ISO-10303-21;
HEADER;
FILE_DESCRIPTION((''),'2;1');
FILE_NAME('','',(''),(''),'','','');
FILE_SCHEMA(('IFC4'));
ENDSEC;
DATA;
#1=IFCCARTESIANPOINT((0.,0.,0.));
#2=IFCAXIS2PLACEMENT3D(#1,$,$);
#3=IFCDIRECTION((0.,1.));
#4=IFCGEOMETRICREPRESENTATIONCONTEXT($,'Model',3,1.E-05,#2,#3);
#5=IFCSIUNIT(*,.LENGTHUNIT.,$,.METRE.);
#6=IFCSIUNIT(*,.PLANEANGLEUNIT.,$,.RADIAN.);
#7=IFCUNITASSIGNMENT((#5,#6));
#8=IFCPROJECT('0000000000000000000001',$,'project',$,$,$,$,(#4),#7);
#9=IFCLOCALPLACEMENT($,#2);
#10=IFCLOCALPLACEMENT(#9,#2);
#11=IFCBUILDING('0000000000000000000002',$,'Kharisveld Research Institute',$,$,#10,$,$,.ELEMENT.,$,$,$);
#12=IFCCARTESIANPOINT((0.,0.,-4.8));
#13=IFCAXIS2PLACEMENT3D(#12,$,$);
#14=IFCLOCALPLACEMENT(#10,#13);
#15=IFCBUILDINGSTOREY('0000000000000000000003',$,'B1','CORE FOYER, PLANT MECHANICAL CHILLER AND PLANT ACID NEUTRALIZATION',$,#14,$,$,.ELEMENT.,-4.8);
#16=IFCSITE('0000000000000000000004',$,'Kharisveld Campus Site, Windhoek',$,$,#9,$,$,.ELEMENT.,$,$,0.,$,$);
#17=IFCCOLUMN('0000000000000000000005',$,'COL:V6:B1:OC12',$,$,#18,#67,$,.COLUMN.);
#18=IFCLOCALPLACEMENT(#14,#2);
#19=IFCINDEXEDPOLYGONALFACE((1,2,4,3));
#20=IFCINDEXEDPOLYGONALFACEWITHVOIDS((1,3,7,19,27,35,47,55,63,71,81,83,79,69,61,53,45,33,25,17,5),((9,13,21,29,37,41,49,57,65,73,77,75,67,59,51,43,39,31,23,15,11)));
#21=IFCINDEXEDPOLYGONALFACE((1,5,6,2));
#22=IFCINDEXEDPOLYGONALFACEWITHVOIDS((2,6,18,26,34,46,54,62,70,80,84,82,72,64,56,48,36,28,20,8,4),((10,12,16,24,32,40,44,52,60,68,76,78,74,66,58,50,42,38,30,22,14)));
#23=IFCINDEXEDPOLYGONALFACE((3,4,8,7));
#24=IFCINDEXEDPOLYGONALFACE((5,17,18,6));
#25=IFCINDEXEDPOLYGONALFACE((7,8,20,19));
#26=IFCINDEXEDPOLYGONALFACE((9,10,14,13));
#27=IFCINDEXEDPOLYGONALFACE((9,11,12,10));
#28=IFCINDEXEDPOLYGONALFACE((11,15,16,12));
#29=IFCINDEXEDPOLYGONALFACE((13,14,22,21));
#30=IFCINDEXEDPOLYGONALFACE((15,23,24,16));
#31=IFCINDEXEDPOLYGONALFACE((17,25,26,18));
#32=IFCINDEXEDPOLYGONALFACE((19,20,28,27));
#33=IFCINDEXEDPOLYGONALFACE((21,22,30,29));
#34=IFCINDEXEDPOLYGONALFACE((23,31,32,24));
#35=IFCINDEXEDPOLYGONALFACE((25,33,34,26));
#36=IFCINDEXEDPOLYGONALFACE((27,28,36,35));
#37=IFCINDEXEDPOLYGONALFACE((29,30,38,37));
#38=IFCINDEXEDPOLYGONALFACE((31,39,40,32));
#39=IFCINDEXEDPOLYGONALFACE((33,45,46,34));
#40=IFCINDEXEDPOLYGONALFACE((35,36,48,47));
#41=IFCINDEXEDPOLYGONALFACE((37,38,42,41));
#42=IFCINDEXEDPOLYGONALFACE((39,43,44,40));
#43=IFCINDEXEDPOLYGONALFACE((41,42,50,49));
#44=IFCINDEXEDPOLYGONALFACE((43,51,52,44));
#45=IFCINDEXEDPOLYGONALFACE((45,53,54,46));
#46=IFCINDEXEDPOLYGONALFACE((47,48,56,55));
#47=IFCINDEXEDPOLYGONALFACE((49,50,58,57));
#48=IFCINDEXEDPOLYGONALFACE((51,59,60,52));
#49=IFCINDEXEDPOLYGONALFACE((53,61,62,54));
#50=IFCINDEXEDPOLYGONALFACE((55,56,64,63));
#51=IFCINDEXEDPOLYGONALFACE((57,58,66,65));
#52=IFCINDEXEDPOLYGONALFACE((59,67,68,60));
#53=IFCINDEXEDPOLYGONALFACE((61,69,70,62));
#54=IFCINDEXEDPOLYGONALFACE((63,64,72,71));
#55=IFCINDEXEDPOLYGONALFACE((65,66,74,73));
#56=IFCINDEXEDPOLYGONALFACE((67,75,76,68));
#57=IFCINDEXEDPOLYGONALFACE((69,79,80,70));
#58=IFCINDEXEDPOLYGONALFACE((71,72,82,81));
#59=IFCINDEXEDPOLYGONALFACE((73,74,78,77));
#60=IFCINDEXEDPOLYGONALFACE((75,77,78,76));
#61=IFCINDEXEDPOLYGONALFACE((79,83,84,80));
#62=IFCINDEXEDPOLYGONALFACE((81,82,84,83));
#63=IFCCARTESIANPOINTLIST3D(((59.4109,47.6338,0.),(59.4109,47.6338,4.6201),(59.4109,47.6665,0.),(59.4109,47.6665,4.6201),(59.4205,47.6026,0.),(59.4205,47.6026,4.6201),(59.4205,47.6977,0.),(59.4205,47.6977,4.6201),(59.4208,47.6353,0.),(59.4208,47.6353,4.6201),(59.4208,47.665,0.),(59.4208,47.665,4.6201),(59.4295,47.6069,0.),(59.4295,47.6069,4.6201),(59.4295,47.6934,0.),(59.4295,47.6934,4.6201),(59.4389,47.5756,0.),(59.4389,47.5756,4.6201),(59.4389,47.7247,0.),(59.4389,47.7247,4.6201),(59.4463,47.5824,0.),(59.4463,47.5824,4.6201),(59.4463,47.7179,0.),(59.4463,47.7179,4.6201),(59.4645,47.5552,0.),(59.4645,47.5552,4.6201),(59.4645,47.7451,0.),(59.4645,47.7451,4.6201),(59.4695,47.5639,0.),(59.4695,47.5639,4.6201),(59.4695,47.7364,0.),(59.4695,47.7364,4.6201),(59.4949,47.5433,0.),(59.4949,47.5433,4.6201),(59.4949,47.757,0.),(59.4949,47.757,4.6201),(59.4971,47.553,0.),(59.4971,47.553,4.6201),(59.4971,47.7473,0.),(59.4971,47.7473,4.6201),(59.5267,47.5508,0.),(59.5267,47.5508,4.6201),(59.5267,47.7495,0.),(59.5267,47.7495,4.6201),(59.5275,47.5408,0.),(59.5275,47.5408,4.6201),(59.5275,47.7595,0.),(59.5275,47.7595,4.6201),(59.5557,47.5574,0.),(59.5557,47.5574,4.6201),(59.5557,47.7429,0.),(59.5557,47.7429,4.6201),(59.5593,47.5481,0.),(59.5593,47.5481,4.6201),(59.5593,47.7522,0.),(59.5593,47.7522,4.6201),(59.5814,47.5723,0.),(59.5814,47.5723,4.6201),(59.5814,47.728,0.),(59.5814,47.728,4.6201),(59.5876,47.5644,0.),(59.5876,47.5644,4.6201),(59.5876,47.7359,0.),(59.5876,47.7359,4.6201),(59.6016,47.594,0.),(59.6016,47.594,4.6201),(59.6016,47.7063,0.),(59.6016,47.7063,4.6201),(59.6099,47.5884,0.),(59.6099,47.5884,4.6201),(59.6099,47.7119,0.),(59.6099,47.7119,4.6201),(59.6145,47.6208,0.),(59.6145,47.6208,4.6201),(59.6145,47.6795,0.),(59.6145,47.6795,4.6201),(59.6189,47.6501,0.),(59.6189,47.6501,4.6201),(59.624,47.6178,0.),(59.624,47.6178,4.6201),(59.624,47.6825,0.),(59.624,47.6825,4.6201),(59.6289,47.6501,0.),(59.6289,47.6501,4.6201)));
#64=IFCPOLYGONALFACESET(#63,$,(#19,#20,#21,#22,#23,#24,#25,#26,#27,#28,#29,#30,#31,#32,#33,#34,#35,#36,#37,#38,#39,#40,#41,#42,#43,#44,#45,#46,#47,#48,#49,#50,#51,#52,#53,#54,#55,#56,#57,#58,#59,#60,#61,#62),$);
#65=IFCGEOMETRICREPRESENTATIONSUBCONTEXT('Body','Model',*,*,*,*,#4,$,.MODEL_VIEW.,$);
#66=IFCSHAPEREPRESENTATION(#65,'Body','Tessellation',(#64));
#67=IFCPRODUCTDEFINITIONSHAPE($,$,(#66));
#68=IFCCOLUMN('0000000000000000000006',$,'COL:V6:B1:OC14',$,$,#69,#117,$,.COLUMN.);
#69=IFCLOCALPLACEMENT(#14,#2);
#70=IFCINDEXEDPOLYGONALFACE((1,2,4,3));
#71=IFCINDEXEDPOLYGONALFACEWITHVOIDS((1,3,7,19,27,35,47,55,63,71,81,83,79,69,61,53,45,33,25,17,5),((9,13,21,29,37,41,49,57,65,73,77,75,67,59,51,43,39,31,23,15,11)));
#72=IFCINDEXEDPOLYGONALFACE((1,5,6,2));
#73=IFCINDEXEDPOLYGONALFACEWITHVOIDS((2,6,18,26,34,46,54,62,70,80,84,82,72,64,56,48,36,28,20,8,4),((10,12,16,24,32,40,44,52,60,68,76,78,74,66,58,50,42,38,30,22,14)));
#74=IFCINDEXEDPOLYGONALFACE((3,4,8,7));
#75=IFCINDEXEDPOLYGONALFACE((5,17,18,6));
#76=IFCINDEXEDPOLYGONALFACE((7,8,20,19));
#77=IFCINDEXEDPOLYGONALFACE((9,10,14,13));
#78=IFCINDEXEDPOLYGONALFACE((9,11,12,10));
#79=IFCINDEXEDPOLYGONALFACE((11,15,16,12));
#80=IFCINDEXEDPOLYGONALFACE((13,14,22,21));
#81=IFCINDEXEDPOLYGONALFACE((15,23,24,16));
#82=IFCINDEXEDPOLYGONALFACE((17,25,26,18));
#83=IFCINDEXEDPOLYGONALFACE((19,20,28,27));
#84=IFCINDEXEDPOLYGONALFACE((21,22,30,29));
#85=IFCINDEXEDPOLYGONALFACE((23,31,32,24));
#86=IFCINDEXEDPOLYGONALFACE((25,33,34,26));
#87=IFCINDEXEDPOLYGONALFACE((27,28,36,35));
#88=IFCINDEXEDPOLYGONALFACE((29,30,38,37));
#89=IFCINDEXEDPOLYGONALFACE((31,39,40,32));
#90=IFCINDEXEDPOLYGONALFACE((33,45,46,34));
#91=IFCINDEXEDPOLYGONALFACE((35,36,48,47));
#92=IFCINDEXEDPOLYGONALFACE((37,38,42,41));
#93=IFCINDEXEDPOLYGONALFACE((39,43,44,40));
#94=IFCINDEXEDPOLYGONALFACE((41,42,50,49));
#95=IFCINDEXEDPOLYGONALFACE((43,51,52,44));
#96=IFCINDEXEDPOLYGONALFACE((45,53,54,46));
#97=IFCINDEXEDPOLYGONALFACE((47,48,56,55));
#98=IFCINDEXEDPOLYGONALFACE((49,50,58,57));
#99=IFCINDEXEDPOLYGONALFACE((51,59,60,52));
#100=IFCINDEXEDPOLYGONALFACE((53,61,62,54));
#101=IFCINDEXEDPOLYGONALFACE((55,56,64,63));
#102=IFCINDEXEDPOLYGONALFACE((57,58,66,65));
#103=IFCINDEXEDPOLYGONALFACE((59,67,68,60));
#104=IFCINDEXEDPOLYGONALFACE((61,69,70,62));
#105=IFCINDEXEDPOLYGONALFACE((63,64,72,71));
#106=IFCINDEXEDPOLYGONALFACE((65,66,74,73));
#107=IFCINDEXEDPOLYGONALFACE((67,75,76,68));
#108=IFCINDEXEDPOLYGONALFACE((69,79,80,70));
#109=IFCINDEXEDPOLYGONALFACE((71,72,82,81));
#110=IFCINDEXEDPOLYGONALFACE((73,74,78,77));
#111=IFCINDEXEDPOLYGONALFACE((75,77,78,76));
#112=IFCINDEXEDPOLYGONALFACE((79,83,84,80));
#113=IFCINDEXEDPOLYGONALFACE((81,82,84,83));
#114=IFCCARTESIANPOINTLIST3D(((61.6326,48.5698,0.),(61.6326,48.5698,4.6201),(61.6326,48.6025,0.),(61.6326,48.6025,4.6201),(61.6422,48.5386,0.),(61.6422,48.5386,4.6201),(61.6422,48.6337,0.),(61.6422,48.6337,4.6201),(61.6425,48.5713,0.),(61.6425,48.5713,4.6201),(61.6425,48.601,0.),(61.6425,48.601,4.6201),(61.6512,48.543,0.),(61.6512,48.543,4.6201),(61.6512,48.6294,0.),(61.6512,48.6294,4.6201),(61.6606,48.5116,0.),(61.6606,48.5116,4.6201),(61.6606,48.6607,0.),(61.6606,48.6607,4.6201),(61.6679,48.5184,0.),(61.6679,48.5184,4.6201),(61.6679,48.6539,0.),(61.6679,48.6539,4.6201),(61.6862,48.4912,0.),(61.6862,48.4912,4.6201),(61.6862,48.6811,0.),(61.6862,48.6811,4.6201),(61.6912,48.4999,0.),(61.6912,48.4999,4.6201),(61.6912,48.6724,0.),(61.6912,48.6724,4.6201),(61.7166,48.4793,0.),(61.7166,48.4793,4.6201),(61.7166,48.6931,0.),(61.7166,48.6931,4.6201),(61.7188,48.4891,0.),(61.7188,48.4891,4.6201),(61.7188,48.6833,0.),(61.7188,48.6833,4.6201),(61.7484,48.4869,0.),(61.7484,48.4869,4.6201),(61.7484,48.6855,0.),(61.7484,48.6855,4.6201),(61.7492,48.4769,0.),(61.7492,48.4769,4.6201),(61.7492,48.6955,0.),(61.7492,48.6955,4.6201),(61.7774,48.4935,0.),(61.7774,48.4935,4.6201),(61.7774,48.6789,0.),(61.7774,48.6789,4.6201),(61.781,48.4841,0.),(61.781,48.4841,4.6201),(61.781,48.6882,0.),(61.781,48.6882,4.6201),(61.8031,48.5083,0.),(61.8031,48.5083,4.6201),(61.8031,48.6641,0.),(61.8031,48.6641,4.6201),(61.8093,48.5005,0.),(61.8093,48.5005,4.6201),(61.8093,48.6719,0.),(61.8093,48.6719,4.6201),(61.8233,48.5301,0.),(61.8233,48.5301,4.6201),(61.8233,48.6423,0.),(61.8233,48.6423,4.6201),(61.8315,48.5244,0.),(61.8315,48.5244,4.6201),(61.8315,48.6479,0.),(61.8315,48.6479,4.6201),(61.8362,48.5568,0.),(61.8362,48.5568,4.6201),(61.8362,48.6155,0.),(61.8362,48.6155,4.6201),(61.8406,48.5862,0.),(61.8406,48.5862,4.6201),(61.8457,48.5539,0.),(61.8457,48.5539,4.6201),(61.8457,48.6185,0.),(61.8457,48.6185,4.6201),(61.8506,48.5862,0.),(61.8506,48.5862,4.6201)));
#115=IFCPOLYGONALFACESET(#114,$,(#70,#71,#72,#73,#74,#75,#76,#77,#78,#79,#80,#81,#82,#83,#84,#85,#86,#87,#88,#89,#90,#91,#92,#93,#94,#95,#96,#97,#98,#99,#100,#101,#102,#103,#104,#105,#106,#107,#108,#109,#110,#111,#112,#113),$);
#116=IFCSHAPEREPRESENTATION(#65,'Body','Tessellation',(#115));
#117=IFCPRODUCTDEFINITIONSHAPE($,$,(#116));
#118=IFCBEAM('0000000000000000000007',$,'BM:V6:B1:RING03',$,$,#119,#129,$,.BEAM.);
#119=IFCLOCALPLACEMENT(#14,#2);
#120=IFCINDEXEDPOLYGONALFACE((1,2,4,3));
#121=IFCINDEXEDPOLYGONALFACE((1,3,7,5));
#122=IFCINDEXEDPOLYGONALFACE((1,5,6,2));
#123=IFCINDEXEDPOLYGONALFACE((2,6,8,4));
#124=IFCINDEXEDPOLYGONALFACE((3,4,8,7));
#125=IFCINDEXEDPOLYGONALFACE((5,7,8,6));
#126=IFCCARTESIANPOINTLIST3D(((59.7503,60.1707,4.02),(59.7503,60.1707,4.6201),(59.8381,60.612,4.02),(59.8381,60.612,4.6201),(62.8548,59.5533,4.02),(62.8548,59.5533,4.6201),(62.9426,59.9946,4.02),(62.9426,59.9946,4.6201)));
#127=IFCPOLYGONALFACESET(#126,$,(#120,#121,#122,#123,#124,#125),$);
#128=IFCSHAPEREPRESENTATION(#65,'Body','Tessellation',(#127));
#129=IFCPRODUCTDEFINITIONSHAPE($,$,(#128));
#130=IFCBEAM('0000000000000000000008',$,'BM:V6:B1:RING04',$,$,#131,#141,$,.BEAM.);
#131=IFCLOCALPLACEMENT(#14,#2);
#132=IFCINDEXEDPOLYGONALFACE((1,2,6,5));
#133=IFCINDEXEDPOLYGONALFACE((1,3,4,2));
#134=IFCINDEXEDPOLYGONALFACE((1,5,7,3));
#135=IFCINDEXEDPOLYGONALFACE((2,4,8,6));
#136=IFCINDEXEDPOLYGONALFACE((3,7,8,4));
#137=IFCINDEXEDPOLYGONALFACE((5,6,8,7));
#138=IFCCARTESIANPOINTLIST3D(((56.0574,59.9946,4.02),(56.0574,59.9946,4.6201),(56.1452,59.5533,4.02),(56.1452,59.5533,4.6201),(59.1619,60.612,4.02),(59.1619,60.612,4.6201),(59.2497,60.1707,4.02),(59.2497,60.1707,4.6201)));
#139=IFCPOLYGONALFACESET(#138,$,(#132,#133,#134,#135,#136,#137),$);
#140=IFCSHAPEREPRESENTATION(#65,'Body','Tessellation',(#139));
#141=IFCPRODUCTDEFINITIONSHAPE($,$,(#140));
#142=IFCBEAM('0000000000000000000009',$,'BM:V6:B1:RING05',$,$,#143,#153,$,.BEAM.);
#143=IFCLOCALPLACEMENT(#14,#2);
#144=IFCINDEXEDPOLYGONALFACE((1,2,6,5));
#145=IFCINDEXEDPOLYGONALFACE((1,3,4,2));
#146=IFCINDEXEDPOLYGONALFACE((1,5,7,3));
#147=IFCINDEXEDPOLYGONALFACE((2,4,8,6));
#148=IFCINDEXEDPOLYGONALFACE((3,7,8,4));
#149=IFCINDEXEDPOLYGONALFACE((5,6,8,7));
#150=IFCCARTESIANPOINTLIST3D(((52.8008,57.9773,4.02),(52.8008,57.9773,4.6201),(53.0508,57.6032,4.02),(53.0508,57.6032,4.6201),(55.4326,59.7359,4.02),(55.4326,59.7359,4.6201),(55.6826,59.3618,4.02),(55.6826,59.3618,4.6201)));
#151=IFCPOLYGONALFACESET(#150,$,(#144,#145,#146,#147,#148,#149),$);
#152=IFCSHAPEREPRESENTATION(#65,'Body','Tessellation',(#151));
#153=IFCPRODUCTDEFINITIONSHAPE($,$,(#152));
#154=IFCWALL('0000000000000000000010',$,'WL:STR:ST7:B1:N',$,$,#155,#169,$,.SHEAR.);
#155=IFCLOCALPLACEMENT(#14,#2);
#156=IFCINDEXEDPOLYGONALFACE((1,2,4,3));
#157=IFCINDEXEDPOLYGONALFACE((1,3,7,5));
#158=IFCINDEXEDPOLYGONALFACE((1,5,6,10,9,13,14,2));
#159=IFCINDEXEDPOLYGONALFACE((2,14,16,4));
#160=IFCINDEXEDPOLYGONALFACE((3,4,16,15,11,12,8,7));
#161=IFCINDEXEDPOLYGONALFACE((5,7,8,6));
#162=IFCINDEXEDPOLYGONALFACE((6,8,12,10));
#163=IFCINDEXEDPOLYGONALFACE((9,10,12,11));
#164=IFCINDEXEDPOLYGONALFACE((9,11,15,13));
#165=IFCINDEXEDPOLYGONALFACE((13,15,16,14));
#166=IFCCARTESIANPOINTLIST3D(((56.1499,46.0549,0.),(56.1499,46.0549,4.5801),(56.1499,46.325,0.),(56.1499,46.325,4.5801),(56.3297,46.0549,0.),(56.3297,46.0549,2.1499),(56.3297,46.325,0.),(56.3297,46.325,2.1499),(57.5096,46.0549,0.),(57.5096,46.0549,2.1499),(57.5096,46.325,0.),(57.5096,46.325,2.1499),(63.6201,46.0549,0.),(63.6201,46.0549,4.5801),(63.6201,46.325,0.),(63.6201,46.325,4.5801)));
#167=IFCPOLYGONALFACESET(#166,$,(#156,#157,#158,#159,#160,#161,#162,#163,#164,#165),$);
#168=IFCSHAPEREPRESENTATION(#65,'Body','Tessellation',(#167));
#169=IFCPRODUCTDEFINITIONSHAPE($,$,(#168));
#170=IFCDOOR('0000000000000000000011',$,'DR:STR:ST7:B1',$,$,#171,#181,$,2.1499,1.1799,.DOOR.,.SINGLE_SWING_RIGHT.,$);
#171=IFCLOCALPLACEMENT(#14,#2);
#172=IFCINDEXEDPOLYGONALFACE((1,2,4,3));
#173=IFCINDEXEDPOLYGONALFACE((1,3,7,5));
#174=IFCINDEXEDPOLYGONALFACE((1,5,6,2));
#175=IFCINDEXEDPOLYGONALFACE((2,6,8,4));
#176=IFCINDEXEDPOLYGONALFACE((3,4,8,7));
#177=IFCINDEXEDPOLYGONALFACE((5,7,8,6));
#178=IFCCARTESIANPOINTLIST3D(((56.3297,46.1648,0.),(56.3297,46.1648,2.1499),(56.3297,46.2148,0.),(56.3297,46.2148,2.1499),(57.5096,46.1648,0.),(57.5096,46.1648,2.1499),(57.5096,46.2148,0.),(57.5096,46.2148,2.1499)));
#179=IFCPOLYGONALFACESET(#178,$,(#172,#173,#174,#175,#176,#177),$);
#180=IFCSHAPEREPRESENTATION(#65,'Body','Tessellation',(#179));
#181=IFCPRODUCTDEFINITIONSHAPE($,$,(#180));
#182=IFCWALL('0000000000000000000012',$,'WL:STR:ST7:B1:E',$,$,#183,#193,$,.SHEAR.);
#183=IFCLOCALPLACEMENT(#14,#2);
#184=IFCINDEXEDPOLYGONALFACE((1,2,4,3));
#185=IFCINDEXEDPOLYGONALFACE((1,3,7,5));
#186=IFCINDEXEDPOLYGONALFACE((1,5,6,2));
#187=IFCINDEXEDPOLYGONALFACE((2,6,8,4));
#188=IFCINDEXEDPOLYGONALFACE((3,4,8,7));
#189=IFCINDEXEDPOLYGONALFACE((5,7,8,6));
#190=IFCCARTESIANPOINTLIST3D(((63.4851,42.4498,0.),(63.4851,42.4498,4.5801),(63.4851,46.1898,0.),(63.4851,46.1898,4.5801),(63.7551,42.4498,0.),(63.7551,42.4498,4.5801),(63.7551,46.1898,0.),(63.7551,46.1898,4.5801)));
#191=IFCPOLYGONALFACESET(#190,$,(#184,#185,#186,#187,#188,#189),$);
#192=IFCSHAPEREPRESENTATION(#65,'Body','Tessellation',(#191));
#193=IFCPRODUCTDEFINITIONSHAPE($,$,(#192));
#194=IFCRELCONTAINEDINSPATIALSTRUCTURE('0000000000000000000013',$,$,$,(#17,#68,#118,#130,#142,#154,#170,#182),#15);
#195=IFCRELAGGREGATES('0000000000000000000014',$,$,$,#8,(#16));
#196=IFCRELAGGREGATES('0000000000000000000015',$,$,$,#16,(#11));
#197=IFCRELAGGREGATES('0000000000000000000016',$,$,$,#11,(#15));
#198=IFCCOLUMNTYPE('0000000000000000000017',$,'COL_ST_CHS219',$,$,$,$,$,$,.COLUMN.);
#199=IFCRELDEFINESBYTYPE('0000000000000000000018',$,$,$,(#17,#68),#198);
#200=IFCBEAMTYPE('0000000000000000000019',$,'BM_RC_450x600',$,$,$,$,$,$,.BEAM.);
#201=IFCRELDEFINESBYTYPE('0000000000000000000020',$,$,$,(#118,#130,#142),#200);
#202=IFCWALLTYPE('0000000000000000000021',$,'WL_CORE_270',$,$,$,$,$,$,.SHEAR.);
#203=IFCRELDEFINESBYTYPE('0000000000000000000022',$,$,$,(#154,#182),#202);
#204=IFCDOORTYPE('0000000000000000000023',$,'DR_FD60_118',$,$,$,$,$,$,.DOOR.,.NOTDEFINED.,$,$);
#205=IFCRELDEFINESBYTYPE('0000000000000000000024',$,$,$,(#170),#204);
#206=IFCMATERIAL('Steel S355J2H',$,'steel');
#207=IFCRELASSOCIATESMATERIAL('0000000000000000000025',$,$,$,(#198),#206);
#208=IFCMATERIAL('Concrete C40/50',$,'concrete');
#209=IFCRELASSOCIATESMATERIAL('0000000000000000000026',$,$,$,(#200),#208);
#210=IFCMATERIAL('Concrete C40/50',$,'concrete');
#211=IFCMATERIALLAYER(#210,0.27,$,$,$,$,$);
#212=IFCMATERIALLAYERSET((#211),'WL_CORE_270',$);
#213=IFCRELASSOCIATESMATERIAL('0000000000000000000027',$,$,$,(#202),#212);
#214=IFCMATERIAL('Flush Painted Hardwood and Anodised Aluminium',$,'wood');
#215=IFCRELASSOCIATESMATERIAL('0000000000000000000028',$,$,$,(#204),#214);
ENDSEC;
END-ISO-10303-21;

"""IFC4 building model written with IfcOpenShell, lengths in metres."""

from ifc_helpers import new_model, si_unit, direction, frame, frame_2d, origin, origin_2d, place, context, subcontext, project, spatial, rectangle, hollow_circle, extrude, material, layer, layer_set, material_profile, profile_set, type_object, element, fill, save


model = new_model("IFC4")

# Units and contexts
model_context = context("Model", 3, precision=1e-05, world=origin(), true_north=direction((0.0, 1.0)))
body_context = subcontext(model_context, "Body", "Model", "MODEL_VIEW")
ifc_project = project(units=[si_unit("LENGTHUNIT", "METRE"), si_unit("PLANEANGLEUNIT", "RADIAN")], contexts=[model_context])

# Site, building, storey
site_placement = place(None, origin())
site = spatial("IfcSite", under=ifc_project, at=site_placement, Name="Kharisveld Campus Site, Windhoek", CompositionType="ELEMENT", RefElevation=0.0)
building_placement = place(site_placement, origin())
building = spatial("IfcBuilding", under=site, at=building_placement, Name="Kharisveld Research Institute", CompositionType="ELEMENT")
storey_placement = place(building_placement, frame((0.0, 0.0, -4.8)))
storey = spatial("IfcBuildingStorey", under=building, at=storey_placement, Name="B1", Description="CORE FOYER, PLANT MECHANICAL CHILLER AND PLANT ACID NEUTRALIZATION", CompositionType="ELEMENT", Elevation=-4.8)

# Columns
ifc_material_1 = material(Name="Steel S355J2H", Category="steel")
ifc_material_profile_1 = material_profile(ifc_material_1, hollow_circle(Radius=0.1096, WallThickness=0.01, at=origin_2d()))
ifc_profile_set_1 = profile_set([ifc_material_profile_1], Name="Steel S355J2H")
column_type_1 = type_object("IfcColumnType", Name="COL_ST_CHS219", PredefinedType="COLUMN", material=ifc_profile_set_1)
for number, where, z_axis, x_axis, name in (
    (1, (59.5193, 47.6501, 0.0), (0.0, 0.0, 1.0), (1.0, 0.0, 0.0), "COL:V6:B1:OC12"),
    (2, (61.741, 48.5862, 0.0), (0.0, 0.0, 1.0), (1.0, 0.0, 0.0), "COL:V6:B1:OC14"),
):
    element("IfcColumn", number, at=place(storey_placement, frame(where, z_axis=z_axis, x_axis=x_axis)), inside=storey, type_object=column_type_1, Name=name, PredefinedType="COLUMN", context=body_context, shape_type="SweptSolid", body=[
        extrude(hollow_circle(Radius=0.1096, WallThickness=0.01, at=origin_2d()), origin(), (0.0, 0.0, 1.0), 4.6201),
    ])

# Beams
ifc_material_2 = material(Name="Concrete C40/50", Category="concrete")
ifc_material_profile_2 = material_profile(ifc_material_2, rectangle(XDim=0.45, YDim=0.6001, at=origin_2d()))
ifc_profile_set_2 = profile_set([ifc_material_profile_2], Name="Concrete C40/50")
beam_type = type_object("IfcBeamType", Name="BM_RC_450x600", PredefinedType="BEAM", material=ifc_profile_set_2)
for number, where, z_axis, x_axis, name in (
    (3, (62.8987, 59.7739, 4.3201), (-0.980791, 0.195063, 0.0), (-0.195063, -0.980791, 0.0), "BM:V6:B1:RING03"),
    (4, (59.2058, 60.3914, 4.3201), (-0.980791, -0.195063, 0.0), (0.195063, -0.980791, 0.0), "BM:V6:B1:RING04"),
    (5, (55.5576, 59.5488, 4.3201), (-0.831468, -0.555572, 0.0), (0.555572, -0.831468, 0.0), "BM:V6:B1:RING05"),
):
    element("IfcBeam", number, at=place(storey_placement, frame(where, z_axis=z_axis, x_axis=x_axis)), inside=storey, type_object=beam_type, Name=name, PredefinedType="BEAM", context=body_context, shape_type="SweptSolid", body=[
        extrude(rectangle(XDim=0.45, YDim=0.6001, at=origin_2d()), origin(), (0.0, 0.0, 1.0), 3.1653),
    ])

# Wall, opening, door
ifc_material_3 = material(Name="Concrete C40/50", Category="concrete")
ifc_layer = layer(ifc_material_3, 0.27)
ifc_layer_set = layer_set([ifc_layer], Name="WL_CORE_270")
wall_type = type_object("IfcWallType", Name="WL_CORE_270", PredefinedType="SHEAR", material=ifc_layer_set)
wall_1_placement = place(storey_placement, frame((56.1499, 46.1899, 0.0), z_axis=(0.0, 0.0, 1.0), x_axis=(1.0, 0.0, 0.0)))
wall_1 = element("IfcWall", 6, at=wall_1_placement, inside=storey, type_object=wall_type, Name="WL:STR:ST7:B1:N", PredefinedType="SHEAR", context=body_context, shape_type="SweptSolid", body=[
    extrude(rectangle(XDim=7.4702, YDim=0.27, at=frame_2d((3.7351, 0.0))), origin(), (0.0, 0.0, 1.0), 4.5801),
])
opening_placement = place(wall_1_placement, frame((0.1799, 0.0, 0.0)))
opening = element("IfcOpeningElement", 7, at=opening_placement, cuts=wall_1, PredefinedType="OPENING", context=body_context, shape_type="SweptSolid", body=[
    extrude(rectangle(XDim=1.1799, YDim=2.1499, at=frame_2d((0.5898, 1.075))), frame((0.0, 0.135, 0.0), z_axis=(0.0, -1.0, 0.0), x_axis=(1.0, 0.0, 0.0)), (0.0, 0.0, 1.0), 0.27),
])
ifc_material_4 = material(Name="Flush Painted Hardwood and Anodised Aluminium", Category="wood")
door_type = type_object("IfcDoorType", Name="DR_FD60_118", OperationType="NOTDEFINED", PredefinedType="DOOR", material=ifc_material_4)
door_placement = place(opening_placement, origin())
door = element("IfcDoor", 8, at=door_placement, inside=storey, type_object=door_type, Name="DR:STR:ST7:B1", OperationType="SINGLE_SWING_RIGHT", OverallHeight=2.1499, OverallWidth=1.1799, PredefinedType="DOOR", context=body_context, shape_type="SweptSolid", body=[
    extrude(rectangle(XDim=1.1799, YDim=2.1499, at=frame_2d((0.5898, 1.075))), frame((0.0, 0.0249, 0.0), z_axis=(0.0, -1.0, 0.0), x_axis=(1.0, 0.0, 0.0)), (0.0, 0.0, 1.0), 0.05),
])
fill(opening, door)

# Wall
wall_2_placement = place(storey_placement, frame((63.6201, 46.1899, 0.0), z_axis=(0.0, 0.0, 1.0), x_axis=(0.0, -1.0, 0.0)))
element("IfcWall", 9, at=wall_2_placement, inside=storey, type_object=wall_type, Name="WL:STR:ST7:B1:E", PredefinedType="SHEAR", context=body_context, shape_type="SweptSolid", body=[
    extrude(rectangle(XDim=3.74, YDim=0.27, at=frame_2d((1.8701, 0.0))), origin(), (0.0, 0.0, 1.0), 4.5801),
])

save(model, "model.ifc")
